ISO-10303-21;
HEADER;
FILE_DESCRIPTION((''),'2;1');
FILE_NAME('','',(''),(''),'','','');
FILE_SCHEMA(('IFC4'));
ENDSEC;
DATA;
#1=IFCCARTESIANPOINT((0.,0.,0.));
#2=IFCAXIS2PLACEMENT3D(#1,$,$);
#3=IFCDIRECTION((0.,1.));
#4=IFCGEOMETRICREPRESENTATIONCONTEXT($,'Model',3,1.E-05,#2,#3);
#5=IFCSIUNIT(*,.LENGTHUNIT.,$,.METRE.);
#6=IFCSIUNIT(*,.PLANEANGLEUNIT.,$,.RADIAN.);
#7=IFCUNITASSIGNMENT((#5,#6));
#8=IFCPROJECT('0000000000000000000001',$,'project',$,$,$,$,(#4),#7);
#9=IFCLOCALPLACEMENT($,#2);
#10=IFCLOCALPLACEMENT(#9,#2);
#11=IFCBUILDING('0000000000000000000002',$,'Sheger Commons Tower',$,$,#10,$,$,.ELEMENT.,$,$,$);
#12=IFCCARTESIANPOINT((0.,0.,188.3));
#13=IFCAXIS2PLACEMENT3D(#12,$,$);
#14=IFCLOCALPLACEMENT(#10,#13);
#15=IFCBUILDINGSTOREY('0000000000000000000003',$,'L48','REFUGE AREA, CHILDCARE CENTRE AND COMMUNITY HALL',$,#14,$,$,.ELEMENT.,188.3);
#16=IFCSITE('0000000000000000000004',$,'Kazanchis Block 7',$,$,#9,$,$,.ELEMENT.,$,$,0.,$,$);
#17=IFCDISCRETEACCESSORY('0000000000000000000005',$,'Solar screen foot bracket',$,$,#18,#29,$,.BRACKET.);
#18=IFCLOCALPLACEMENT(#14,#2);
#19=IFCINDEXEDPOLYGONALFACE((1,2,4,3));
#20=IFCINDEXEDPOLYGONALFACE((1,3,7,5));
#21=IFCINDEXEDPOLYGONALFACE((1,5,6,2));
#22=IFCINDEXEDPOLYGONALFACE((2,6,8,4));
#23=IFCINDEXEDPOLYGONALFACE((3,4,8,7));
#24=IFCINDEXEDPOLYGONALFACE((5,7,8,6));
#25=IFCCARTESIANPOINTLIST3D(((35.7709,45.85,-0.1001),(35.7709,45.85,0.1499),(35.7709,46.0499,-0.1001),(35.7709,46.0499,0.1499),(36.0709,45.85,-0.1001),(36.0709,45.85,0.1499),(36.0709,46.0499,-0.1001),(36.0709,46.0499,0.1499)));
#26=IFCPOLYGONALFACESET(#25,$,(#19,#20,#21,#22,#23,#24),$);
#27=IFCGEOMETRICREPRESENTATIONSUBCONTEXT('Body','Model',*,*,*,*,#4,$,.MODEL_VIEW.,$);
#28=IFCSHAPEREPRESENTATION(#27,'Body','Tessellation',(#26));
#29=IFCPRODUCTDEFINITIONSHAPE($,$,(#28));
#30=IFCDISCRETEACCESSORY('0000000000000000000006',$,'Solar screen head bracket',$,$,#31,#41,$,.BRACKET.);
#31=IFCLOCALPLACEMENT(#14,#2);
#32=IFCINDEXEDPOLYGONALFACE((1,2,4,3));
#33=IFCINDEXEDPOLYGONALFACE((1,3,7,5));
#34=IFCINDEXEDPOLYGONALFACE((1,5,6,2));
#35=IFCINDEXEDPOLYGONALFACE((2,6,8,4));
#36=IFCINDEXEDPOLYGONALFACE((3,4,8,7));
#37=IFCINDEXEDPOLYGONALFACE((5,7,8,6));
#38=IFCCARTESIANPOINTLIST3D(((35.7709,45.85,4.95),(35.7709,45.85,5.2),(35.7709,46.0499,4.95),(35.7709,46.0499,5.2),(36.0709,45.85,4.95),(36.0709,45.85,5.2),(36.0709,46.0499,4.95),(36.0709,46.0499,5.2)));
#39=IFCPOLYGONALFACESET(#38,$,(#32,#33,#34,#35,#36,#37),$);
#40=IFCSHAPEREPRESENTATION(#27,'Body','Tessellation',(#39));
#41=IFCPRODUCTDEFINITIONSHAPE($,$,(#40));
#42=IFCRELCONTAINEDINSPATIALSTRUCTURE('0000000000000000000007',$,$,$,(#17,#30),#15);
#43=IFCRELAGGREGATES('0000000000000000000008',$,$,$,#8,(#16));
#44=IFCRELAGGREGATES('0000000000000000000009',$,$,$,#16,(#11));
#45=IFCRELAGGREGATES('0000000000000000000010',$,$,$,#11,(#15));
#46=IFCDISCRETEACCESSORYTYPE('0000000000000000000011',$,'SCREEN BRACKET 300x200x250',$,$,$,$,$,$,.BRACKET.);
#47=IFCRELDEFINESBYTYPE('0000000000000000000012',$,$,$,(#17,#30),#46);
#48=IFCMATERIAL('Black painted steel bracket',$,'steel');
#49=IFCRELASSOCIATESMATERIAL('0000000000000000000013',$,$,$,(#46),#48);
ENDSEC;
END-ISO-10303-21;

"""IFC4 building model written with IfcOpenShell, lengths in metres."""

from ifc_helpers import new_model, si_unit, direction, frame, origin, origin_2d, place, context, subcontext, project, spatial, rectangle, extrude, material, type_object, element, save


model = new_model("IFC4")

# Units and contexts
model_context = context("Model", 3, precision=1e-05, world=origin(), true_north=direction((0.0, 1.0)))
body_context = subcontext(model_context, "Body", "Model", "MODEL_VIEW")
ifc_project = project(units=[si_unit("LENGTHUNIT", "METRE"), si_unit("PLANEANGLEUNIT", "RADIAN")], contexts=[model_context])

# Site, building, storey
site_placement = place(None, origin())
site = spatial("IfcSite", under=ifc_project, at=site_placement, Name="Kazanchis Block 7", CompositionType="ELEMENT", RefElevation=0.0)
building_placement = place(site_placement, origin())
building = spatial("IfcBuilding", under=site, at=building_placement, Name="Sheger Commons Tower", CompositionType="ELEMENT")
storey_placement = place(building_placement, frame((0.0, 0.0, 188.3)))
storey = spatial("IfcBuildingStorey", under=building, at=storey_placement, Name="L48", Description="REFUGE AREA, CHILDCARE CENTRE AND COMMUNITY HALL", CompositionType="ELEMENT", Elevation=188.3)

# Discrete accessories
ifc_material_1 = material(Name="Black painted steel bracket", Category="steel")
discrete_accessory_type = type_object("IfcDiscreteAccessoryType", Name="SCREEN BRACKET 300x200x250", PredefinedType="BRACKET", material=ifc_material_1)
for number, where, z_axis, x_axis, name in (
    (1, (35.9209, 45.95, -0.1001), (0.0, 0.0, 1.0), (-1.0, 0.0, 0.0), "Solar screen foot bracket"),
    (2, (35.9209, 45.95, 4.95), (0.0, 0.0, 1.0), (-1.0, 0.0, 0.0), "Solar screen head bracket"),
):
    element("IfcDiscreteAccessory", number, at=place(storey_placement, frame(where, z_axis=z_axis, x_axis=x_axis)), inside=storey, type_object=discrete_accessory_type, Name=name, PredefinedType="BRACKET", context=body_context, shape_type="SweptSolid", body=[
        extrude(rectangle(XDim=0.3, YDim=0.2, at=origin_2d()), origin(), (0.0, 0.0, 1.0), 0.25),
    ])

save(model, "model.ifc")
